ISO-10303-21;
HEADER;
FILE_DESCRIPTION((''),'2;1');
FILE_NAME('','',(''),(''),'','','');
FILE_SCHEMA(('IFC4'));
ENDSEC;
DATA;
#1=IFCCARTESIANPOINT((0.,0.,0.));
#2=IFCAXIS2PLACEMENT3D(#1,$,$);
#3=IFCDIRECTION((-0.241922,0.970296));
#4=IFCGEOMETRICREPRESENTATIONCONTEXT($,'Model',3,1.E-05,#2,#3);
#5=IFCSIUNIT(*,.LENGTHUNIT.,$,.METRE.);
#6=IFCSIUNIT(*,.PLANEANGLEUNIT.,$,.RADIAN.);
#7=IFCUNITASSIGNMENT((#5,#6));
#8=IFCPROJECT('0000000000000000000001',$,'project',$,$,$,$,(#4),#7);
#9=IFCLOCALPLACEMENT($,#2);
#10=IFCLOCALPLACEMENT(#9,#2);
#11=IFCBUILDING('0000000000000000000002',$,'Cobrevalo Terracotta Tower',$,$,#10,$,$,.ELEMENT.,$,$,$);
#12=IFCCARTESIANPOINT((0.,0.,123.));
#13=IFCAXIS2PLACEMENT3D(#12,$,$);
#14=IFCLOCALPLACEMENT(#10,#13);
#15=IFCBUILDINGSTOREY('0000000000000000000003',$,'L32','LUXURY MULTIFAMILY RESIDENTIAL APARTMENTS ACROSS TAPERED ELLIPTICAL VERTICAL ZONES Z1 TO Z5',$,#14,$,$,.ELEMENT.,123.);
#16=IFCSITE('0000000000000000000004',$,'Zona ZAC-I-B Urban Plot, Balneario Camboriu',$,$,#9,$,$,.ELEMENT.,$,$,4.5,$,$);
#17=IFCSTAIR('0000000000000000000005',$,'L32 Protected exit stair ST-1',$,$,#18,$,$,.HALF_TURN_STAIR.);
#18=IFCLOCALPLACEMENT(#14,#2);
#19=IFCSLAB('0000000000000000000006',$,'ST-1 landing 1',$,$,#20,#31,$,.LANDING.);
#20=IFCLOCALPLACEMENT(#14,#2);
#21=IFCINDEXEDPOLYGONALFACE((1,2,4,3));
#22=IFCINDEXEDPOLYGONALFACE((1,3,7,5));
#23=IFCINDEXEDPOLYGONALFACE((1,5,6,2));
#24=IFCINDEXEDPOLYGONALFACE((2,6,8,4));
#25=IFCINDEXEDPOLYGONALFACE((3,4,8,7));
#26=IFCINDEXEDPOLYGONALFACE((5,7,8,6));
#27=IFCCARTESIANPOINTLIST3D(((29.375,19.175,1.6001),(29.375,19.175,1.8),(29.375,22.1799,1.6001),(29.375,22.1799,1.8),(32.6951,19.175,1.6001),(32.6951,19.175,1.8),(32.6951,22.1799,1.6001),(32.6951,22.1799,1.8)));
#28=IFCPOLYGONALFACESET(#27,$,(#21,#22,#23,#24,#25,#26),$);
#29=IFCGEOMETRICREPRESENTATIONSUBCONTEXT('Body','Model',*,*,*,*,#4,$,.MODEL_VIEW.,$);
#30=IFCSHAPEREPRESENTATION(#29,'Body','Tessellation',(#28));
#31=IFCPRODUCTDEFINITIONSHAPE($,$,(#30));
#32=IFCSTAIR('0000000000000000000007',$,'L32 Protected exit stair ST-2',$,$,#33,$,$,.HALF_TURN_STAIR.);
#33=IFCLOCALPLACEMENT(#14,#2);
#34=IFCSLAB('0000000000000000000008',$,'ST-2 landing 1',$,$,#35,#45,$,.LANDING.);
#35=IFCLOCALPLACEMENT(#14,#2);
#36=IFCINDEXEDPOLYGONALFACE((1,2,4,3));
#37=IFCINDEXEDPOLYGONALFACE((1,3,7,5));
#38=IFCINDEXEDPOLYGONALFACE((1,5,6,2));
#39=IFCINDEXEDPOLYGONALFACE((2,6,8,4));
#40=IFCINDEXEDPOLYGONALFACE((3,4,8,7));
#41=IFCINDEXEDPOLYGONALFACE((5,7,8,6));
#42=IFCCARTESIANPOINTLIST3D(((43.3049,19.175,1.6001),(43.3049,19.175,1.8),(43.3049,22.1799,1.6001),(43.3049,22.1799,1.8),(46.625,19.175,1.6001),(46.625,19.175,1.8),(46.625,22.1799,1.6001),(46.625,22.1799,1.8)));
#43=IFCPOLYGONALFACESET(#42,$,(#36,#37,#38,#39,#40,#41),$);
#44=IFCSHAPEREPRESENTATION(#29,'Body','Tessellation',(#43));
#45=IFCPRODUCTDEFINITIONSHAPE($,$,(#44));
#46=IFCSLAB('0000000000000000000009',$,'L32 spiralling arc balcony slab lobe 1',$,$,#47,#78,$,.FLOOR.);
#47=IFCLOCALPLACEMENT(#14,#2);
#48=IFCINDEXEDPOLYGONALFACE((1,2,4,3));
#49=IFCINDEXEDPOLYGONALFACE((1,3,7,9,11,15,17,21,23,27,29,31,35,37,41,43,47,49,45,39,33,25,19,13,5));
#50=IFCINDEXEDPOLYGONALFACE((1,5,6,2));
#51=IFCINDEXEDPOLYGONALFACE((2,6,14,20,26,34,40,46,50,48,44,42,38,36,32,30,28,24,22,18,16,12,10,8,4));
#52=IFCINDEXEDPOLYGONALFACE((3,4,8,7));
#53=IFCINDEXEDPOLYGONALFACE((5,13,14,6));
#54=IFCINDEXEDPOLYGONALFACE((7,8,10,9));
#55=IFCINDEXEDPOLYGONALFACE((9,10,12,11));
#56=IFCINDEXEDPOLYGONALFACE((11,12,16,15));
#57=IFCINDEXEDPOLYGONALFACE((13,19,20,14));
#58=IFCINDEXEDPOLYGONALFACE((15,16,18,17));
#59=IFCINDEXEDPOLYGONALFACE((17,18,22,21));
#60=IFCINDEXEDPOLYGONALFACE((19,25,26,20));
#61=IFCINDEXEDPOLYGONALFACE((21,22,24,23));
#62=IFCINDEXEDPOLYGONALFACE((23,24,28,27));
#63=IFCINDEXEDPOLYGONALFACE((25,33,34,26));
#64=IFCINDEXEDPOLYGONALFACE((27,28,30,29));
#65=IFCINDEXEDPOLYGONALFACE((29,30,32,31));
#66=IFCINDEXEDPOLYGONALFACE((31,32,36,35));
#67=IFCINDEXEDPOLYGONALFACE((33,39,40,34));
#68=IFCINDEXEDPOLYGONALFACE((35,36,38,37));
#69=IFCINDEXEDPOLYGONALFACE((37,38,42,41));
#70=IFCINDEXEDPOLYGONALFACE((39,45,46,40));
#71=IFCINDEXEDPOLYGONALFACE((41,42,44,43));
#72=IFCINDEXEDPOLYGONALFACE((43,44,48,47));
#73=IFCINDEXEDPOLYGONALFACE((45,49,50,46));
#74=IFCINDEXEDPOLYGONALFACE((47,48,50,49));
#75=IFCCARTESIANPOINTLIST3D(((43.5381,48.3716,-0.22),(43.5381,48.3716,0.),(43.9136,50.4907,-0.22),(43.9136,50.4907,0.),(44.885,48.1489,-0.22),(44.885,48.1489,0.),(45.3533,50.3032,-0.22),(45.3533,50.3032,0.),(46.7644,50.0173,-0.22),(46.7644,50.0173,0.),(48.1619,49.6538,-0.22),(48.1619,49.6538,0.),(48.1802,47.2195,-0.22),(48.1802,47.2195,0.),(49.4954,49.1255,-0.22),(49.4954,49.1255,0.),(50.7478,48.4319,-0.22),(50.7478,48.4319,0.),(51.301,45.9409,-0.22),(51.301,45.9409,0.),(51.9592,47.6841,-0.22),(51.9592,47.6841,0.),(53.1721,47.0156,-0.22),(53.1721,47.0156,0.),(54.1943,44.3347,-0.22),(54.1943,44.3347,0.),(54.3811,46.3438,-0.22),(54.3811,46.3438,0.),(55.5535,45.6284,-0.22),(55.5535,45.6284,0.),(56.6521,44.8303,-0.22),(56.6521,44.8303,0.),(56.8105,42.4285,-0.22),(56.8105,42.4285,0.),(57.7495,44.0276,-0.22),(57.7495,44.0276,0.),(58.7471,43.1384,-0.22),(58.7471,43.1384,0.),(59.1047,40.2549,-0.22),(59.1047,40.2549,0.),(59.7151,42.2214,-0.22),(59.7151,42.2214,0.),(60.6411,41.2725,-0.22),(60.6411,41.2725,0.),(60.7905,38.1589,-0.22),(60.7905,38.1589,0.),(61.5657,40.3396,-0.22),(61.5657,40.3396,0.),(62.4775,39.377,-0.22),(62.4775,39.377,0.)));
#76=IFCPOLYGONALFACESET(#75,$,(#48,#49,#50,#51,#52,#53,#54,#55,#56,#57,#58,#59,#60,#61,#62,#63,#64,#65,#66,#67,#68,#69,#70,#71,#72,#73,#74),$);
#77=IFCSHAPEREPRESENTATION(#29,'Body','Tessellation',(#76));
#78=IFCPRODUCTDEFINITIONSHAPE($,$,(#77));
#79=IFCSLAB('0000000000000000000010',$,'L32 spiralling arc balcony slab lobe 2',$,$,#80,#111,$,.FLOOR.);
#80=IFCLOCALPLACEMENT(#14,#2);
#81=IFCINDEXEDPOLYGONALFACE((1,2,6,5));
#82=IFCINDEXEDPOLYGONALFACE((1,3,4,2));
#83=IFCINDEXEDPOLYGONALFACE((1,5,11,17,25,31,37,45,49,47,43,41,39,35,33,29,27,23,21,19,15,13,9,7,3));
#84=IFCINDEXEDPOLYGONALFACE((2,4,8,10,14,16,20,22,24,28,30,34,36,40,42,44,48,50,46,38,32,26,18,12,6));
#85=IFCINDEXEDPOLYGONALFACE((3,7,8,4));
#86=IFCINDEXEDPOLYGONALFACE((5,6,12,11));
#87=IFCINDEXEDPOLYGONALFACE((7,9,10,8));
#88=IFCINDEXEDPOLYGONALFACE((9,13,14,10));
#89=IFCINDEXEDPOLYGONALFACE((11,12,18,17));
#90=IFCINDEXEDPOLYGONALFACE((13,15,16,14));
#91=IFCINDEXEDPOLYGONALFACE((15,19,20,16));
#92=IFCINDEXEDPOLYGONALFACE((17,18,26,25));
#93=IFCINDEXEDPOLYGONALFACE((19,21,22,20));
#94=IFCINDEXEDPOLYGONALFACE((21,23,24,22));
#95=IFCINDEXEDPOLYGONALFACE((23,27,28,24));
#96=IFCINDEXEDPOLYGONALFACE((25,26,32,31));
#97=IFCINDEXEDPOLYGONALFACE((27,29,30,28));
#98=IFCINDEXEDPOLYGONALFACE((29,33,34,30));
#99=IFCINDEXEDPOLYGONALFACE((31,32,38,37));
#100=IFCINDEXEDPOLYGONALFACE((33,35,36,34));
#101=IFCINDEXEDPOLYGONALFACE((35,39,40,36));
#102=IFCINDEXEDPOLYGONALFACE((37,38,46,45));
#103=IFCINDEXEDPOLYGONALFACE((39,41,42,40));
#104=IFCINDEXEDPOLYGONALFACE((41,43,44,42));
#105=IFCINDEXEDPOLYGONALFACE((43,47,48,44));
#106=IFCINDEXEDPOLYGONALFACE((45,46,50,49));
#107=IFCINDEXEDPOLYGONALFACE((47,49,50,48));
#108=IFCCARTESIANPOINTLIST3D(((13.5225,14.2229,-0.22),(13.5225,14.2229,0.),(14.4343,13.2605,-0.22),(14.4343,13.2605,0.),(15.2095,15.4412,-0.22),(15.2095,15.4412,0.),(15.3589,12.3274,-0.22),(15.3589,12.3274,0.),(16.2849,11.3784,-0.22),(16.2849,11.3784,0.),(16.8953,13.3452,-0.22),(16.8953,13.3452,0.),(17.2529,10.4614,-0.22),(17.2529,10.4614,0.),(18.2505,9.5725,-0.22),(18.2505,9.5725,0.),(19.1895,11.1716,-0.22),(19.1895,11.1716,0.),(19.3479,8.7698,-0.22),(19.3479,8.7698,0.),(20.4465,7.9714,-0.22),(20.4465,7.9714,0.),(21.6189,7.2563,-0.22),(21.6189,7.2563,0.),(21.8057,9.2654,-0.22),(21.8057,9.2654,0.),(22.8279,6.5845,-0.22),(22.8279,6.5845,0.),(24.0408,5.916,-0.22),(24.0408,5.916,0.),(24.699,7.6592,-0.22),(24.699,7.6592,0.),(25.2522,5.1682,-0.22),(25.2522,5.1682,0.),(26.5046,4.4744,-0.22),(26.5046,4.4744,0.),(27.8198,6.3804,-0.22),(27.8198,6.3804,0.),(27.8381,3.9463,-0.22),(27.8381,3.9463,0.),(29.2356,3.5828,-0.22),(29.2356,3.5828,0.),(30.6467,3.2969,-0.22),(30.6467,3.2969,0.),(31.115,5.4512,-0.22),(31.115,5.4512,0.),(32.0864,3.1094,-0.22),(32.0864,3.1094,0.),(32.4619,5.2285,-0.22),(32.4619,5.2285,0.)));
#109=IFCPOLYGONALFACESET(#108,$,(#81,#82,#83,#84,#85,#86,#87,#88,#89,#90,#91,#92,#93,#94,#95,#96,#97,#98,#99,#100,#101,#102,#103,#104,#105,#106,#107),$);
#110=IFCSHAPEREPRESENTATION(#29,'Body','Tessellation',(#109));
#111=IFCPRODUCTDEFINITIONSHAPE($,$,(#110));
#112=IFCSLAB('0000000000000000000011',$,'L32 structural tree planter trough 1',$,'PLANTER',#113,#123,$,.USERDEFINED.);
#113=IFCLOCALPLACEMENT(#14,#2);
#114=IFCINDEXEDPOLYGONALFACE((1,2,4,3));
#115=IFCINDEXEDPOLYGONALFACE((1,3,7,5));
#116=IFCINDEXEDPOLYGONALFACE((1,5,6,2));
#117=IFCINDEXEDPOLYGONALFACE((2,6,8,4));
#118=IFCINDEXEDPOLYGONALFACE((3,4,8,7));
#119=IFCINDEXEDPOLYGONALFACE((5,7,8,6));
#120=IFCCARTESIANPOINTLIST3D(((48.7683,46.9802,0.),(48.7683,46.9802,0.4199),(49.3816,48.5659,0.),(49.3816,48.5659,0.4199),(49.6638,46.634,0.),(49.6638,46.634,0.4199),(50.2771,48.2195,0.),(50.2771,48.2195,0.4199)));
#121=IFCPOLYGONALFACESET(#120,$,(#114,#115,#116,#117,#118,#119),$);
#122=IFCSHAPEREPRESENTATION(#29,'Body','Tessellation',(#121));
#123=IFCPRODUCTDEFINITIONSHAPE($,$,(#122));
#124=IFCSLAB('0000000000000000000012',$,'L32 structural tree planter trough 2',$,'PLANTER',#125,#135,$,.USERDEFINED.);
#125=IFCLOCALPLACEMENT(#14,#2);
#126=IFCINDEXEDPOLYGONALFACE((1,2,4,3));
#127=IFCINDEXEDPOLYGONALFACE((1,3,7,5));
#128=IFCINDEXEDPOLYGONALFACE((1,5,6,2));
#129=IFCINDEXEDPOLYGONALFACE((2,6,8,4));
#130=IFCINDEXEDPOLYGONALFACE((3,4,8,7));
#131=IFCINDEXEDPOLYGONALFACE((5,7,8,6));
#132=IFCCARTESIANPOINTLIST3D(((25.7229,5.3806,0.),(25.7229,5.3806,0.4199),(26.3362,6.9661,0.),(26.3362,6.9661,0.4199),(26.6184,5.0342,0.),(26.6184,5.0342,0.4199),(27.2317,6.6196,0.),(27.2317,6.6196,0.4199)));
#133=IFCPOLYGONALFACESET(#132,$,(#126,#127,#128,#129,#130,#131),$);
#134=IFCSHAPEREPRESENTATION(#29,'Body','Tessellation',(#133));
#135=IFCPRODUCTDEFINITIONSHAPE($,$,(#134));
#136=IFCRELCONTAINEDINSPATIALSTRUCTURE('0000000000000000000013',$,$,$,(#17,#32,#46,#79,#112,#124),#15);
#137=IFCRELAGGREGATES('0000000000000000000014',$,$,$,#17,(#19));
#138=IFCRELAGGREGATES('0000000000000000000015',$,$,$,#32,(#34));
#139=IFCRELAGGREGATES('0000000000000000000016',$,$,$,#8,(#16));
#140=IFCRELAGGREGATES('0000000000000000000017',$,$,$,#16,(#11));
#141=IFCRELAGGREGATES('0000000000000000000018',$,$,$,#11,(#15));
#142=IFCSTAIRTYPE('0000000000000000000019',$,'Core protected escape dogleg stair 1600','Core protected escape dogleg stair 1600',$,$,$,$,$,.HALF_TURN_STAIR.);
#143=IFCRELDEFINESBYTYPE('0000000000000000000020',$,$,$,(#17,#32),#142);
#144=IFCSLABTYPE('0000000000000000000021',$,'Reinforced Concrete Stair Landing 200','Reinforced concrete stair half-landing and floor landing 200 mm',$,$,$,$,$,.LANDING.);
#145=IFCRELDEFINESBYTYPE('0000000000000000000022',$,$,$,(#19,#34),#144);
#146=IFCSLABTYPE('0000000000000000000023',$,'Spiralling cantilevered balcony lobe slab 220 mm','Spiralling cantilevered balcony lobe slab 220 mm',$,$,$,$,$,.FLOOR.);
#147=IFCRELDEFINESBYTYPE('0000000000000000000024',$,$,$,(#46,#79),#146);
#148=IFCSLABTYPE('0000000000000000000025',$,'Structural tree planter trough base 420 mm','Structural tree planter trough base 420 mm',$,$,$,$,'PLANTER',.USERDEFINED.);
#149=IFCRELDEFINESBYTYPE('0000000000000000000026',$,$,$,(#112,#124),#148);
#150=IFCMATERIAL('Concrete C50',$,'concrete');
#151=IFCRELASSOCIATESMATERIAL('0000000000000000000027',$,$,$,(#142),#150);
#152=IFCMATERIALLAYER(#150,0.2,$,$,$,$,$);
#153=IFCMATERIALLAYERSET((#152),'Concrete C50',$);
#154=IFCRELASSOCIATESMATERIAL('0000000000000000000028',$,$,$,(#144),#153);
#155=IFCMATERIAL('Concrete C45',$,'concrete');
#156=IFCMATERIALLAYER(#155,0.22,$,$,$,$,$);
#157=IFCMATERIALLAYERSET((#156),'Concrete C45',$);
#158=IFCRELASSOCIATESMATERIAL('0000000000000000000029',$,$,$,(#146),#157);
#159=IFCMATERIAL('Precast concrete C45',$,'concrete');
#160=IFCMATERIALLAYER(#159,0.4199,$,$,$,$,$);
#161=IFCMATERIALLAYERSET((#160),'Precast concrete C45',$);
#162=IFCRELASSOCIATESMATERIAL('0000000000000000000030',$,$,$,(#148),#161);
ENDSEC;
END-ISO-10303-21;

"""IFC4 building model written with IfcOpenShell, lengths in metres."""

from ifc_helpers import new_model, si_unit, direction, frame, origin, place, context, subcontext, project, spatial, polyline, outline, extrude, material, layer, layer_set, type_object, element, aggregate, save


model = new_model("IFC4")

# Units and contexts
model_context = context("Model", 3, precision=1e-05, world=origin(), true_north=direction((-0.241922, 0.970296)))
body_context = subcontext(model_context, "Body", "Model", "MODEL_VIEW")
ifc_project = project(units=[si_unit("LENGTHUNIT", "METRE"), si_unit("PLANEANGLEUNIT", "RADIAN")], contexts=[model_context])

# Site, building, storey
site_placement = place(None, origin())
site = spatial("IfcSite", under=ifc_project, at=site_placement, Name="Zona ZAC-I-B Urban Plot, Balneario Camboriu", CompositionType="ELEMENT", RefElevation=4.5)
building_placement = place(site_placement, origin())
building = spatial("IfcBuilding", under=site, at=building_placement, Name="Cobrevalo Terracotta Tower", CompositionType="ELEMENT")
storey_placement = place(building_placement, frame((0.0, 0.0, 123.0)))
storey = spatial("IfcBuildingStorey", under=building, at=storey_placement, Name="L32", Description="LUXURY MULTIFAMILY RESIDENTIAL APARTMENTS ACROSS TAPERED ELLIPTICAL VERTICAL ZONES Z1 TO Z5", CompositionType="ELEMENT", Elevation=123.0)

# Stairs, slabs
ifc_material_1 = material(Name="Concrete C50", Category="concrete")
stair_type = type_object("IfcStairType", Name="Core protected escape dogleg stair 1600", Description="Core protected escape dogleg stair 1600", PredefinedType="HALF_TURN_STAIR", material=ifc_material_1)
stair_1_placement = place(storey_placement, origin())
stair_1 = element("IfcStair", 1, at=stair_1_placement, inside=storey, type_object=stair_type, Name="L32 Protected exit stair ST-1", PredefinedType="HALF_TURN_STAIR")
ifc_layer_1 = layer(ifc_material_1, 0.2)
ifc_layer_set_1 = layer_set([ifc_layer_1], Name="Concrete C50")
slab_type_1 = type_object("IfcSlabType", Name="Reinforced Concrete Stair Landing 200", Description="Reinforced concrete stair half-landing and floor landing 200 mm", PredefinedType="LANDING", material=ifc_layer_set_1)
slab_1_placement = place(storey_placement, frame((0.0, 0.0, 1.6001)))
slab_1 = element("IfcSlab", 2, at=slab_1_placement, type_object=slab_type_1, Name="ST-1 landing 1", PredefinedType="LANDING", context=body_context, shape_type="SweptSolid", body=[
    extrude(outline(polyline([(29.375, 22.1799), (29.375, 19.175), (32.6951, 19.175), (32.6951, 22.1799), (29.375, 22.1799)])), origin(), (0.0, 0.0, 1.0), 0.2),
])
aggregate(stair_1, [slab_1])
stair_2_placement = place(storey_placement, origin())
stair_2 = element("IfcStair", 3, at=stair_2_placement, inside=storey, type_object=stair_type, Name="L32 Protected exit stair ST-2", PredefinedType="HALF_TURN_STAIR")
slab_2_placement = place(storey_placement, frame((0.0, 0.0, 1.6001)))
slab_2 = element("IfcSlab", 4, at=slab_2_placement, type_object=slab_type_1, Name="ST-2 landing 1", PredefinedType="LANDING", context=body_context, shape_type="SweptSolid", body=[
    extrude(outline(polyline([(43.3049, 22.1799), (43.3049, 19.175), (46.625, 19.175), (46.625, 22.1799), (43.3049, 22.1799)])), origin(), (0.0, 0.0, 1.0), 0.2),
])
aggregate(stair_2, [slab_2])

# Slabs
ifc_material_2 = material(Name="Concrete C45", Category="concrete")
ifc_layer_2 = layer(ifc_material_2, 0.22)
ifc_layer_set_2 = layer_set([ifc_layer_2], Name="Concrete C45")
slab_type_2 = type_object("IfcSlabType", Name="Spiralling cantilevered balcony lobe slab 220 mm", Description="Spiralling cantilevered balcony lobe slab 220 mm", PredefinedType="FLOOR", material=ifc_layer_set_2)
slab_3_placement = place(storey_placement, frame((0.0, 0.0, -0.22)))
element("IfcSlab", 5, at=slab_3_placement, inside=storey, type_object=slab_type_2, Name="L32 spiralling arc balcony slab lobe 1", PredefinedType="FLOOR", context=body_context, shape_type="SweptSolid", body=[
    extrude(outline(polyline([(62.4775, 39.377), (61.5657, 40.3396), (60.6411, 41.2725), (59.7151, 42.2214), (58.7471, 43.1384), (57.7495, 44.0276), (56.6521, 44.8303), (55.5535, 45.6284), (54.3811, 46.3438), (53.1721, 47.0156), (51.9592, 47.6841), (50.7478, 48.4319), (49.4954, 49.1255), (48.1619, 49.6538), (46.7644, 50.0173), (45.3533, 50.3032), (43.9136, 50.4907), (43.5381, 48.3716), (44.885, 48.1489), (48.1802, 47.2195), (51.301, 45.9409), (54.1943, 44.3347), (56.8105, 42.4285), (59.1047, 40.2549), (60.7905, 38.1589), (62.4775, 39.377)])), origin(), (0.0, 0.0, 1.0), 0.22),
])
slab_4_placement = place(storey_placement, frame((0.0, 0.0, -0.22)))
element("IfcSlab", 6, at=slab_4_placement, inside=storey, type_object=slab_type_2, Name="L32 spiralling arc balcony slab lobe 2", PredefinedType="FLOOR", context=body_context, shape_type="SweptSolid", body=[
    extrude(outline(polyline([(13.5225, 14.2229), (14.4343, 13.2605), (15.3589, 12.3274), (16.2849, 11.3784), (17.2529, 10.4614), (18.2505, 9.5725), (19.3479, 8.7698), (20.4465, 7.9714), (21.6189, 7.2563), (22.8279, 6.5845), (24.0408, 5.916), (25.2522, 5.1682), (26.5046, 4.4744), (27.8381, 3.9463), (29.2356, 3.5828), (30.6467, 3.2969), (32.0864, 3.1094), (32.4619, 5.2285), (31.115, 5.4512), (27.8198, 6.3804), (24.699, 7.6592), (21.8057, 9.2654), (19.1895, 11.1716), (16.8953, 13.3452), (15.2095, 15.4412), (13.5225, 14.2229)])), origin(), (0.0, 0.0, 1.0), 0.22),
])
ifc_material_3 = material(Name="Precast concrete C45", Category="concrete")
ifc_layer_3 = layer(ifc_material_3, 0.4199)
ifc_layer_set_3 = layer_set([ifc_layer_3], Name="Precast concrete C45")
slab_type_3 = type_object("IfcSlabType", Name="Structural tree planter trough base 420 mm", Description="Structural tree planter trough base 420 mm", ElementType="PLANTER", PredefinedType="USERDEFINED", material=ifc_layer_set_3)
slab_5_placement = place(storey_placement, origin())
element("IfcSlab", 7, at=slab_5_placement, inside=storey, type_object=slab_type_3, Name="L32 structural tree planter trough 1", ObjectType="PLANTER", PredefinedType="USERDEFINED", context=body_context, shape_type="SweptSolid", body=[
    extrude(outline(polyline([(49.6638, 46.634), (50.2771, 48.2195), (49.3816, 48.5659), (48.7683, 46.9802), (49.6638, 46.634)])), origin(), (0.0, 0.0, 1.0), 0.4199),
])
slab_6_placement = place(storey_placement, origin())
element("IfcSlab", 8, at=slab_6_placement, inside=storey, type_object=slab_type_3, Name="L32 structural tree planter trough 2", ObjectType="PLANTER", PredefinedType="USERDEFINED", context=body_context, shape_type="SweptSolid", body=[
    extrude(outline(polyline([(26.3362, 6.9661), (25.7229, 5.3806), (26.6184, 5.0342), (27.2317, 6.6196), (26.3362, 6.9661)])), origin(), (0.0, 0.0, 1.0), 0.4199),
])

save(model, "model.ifc")
